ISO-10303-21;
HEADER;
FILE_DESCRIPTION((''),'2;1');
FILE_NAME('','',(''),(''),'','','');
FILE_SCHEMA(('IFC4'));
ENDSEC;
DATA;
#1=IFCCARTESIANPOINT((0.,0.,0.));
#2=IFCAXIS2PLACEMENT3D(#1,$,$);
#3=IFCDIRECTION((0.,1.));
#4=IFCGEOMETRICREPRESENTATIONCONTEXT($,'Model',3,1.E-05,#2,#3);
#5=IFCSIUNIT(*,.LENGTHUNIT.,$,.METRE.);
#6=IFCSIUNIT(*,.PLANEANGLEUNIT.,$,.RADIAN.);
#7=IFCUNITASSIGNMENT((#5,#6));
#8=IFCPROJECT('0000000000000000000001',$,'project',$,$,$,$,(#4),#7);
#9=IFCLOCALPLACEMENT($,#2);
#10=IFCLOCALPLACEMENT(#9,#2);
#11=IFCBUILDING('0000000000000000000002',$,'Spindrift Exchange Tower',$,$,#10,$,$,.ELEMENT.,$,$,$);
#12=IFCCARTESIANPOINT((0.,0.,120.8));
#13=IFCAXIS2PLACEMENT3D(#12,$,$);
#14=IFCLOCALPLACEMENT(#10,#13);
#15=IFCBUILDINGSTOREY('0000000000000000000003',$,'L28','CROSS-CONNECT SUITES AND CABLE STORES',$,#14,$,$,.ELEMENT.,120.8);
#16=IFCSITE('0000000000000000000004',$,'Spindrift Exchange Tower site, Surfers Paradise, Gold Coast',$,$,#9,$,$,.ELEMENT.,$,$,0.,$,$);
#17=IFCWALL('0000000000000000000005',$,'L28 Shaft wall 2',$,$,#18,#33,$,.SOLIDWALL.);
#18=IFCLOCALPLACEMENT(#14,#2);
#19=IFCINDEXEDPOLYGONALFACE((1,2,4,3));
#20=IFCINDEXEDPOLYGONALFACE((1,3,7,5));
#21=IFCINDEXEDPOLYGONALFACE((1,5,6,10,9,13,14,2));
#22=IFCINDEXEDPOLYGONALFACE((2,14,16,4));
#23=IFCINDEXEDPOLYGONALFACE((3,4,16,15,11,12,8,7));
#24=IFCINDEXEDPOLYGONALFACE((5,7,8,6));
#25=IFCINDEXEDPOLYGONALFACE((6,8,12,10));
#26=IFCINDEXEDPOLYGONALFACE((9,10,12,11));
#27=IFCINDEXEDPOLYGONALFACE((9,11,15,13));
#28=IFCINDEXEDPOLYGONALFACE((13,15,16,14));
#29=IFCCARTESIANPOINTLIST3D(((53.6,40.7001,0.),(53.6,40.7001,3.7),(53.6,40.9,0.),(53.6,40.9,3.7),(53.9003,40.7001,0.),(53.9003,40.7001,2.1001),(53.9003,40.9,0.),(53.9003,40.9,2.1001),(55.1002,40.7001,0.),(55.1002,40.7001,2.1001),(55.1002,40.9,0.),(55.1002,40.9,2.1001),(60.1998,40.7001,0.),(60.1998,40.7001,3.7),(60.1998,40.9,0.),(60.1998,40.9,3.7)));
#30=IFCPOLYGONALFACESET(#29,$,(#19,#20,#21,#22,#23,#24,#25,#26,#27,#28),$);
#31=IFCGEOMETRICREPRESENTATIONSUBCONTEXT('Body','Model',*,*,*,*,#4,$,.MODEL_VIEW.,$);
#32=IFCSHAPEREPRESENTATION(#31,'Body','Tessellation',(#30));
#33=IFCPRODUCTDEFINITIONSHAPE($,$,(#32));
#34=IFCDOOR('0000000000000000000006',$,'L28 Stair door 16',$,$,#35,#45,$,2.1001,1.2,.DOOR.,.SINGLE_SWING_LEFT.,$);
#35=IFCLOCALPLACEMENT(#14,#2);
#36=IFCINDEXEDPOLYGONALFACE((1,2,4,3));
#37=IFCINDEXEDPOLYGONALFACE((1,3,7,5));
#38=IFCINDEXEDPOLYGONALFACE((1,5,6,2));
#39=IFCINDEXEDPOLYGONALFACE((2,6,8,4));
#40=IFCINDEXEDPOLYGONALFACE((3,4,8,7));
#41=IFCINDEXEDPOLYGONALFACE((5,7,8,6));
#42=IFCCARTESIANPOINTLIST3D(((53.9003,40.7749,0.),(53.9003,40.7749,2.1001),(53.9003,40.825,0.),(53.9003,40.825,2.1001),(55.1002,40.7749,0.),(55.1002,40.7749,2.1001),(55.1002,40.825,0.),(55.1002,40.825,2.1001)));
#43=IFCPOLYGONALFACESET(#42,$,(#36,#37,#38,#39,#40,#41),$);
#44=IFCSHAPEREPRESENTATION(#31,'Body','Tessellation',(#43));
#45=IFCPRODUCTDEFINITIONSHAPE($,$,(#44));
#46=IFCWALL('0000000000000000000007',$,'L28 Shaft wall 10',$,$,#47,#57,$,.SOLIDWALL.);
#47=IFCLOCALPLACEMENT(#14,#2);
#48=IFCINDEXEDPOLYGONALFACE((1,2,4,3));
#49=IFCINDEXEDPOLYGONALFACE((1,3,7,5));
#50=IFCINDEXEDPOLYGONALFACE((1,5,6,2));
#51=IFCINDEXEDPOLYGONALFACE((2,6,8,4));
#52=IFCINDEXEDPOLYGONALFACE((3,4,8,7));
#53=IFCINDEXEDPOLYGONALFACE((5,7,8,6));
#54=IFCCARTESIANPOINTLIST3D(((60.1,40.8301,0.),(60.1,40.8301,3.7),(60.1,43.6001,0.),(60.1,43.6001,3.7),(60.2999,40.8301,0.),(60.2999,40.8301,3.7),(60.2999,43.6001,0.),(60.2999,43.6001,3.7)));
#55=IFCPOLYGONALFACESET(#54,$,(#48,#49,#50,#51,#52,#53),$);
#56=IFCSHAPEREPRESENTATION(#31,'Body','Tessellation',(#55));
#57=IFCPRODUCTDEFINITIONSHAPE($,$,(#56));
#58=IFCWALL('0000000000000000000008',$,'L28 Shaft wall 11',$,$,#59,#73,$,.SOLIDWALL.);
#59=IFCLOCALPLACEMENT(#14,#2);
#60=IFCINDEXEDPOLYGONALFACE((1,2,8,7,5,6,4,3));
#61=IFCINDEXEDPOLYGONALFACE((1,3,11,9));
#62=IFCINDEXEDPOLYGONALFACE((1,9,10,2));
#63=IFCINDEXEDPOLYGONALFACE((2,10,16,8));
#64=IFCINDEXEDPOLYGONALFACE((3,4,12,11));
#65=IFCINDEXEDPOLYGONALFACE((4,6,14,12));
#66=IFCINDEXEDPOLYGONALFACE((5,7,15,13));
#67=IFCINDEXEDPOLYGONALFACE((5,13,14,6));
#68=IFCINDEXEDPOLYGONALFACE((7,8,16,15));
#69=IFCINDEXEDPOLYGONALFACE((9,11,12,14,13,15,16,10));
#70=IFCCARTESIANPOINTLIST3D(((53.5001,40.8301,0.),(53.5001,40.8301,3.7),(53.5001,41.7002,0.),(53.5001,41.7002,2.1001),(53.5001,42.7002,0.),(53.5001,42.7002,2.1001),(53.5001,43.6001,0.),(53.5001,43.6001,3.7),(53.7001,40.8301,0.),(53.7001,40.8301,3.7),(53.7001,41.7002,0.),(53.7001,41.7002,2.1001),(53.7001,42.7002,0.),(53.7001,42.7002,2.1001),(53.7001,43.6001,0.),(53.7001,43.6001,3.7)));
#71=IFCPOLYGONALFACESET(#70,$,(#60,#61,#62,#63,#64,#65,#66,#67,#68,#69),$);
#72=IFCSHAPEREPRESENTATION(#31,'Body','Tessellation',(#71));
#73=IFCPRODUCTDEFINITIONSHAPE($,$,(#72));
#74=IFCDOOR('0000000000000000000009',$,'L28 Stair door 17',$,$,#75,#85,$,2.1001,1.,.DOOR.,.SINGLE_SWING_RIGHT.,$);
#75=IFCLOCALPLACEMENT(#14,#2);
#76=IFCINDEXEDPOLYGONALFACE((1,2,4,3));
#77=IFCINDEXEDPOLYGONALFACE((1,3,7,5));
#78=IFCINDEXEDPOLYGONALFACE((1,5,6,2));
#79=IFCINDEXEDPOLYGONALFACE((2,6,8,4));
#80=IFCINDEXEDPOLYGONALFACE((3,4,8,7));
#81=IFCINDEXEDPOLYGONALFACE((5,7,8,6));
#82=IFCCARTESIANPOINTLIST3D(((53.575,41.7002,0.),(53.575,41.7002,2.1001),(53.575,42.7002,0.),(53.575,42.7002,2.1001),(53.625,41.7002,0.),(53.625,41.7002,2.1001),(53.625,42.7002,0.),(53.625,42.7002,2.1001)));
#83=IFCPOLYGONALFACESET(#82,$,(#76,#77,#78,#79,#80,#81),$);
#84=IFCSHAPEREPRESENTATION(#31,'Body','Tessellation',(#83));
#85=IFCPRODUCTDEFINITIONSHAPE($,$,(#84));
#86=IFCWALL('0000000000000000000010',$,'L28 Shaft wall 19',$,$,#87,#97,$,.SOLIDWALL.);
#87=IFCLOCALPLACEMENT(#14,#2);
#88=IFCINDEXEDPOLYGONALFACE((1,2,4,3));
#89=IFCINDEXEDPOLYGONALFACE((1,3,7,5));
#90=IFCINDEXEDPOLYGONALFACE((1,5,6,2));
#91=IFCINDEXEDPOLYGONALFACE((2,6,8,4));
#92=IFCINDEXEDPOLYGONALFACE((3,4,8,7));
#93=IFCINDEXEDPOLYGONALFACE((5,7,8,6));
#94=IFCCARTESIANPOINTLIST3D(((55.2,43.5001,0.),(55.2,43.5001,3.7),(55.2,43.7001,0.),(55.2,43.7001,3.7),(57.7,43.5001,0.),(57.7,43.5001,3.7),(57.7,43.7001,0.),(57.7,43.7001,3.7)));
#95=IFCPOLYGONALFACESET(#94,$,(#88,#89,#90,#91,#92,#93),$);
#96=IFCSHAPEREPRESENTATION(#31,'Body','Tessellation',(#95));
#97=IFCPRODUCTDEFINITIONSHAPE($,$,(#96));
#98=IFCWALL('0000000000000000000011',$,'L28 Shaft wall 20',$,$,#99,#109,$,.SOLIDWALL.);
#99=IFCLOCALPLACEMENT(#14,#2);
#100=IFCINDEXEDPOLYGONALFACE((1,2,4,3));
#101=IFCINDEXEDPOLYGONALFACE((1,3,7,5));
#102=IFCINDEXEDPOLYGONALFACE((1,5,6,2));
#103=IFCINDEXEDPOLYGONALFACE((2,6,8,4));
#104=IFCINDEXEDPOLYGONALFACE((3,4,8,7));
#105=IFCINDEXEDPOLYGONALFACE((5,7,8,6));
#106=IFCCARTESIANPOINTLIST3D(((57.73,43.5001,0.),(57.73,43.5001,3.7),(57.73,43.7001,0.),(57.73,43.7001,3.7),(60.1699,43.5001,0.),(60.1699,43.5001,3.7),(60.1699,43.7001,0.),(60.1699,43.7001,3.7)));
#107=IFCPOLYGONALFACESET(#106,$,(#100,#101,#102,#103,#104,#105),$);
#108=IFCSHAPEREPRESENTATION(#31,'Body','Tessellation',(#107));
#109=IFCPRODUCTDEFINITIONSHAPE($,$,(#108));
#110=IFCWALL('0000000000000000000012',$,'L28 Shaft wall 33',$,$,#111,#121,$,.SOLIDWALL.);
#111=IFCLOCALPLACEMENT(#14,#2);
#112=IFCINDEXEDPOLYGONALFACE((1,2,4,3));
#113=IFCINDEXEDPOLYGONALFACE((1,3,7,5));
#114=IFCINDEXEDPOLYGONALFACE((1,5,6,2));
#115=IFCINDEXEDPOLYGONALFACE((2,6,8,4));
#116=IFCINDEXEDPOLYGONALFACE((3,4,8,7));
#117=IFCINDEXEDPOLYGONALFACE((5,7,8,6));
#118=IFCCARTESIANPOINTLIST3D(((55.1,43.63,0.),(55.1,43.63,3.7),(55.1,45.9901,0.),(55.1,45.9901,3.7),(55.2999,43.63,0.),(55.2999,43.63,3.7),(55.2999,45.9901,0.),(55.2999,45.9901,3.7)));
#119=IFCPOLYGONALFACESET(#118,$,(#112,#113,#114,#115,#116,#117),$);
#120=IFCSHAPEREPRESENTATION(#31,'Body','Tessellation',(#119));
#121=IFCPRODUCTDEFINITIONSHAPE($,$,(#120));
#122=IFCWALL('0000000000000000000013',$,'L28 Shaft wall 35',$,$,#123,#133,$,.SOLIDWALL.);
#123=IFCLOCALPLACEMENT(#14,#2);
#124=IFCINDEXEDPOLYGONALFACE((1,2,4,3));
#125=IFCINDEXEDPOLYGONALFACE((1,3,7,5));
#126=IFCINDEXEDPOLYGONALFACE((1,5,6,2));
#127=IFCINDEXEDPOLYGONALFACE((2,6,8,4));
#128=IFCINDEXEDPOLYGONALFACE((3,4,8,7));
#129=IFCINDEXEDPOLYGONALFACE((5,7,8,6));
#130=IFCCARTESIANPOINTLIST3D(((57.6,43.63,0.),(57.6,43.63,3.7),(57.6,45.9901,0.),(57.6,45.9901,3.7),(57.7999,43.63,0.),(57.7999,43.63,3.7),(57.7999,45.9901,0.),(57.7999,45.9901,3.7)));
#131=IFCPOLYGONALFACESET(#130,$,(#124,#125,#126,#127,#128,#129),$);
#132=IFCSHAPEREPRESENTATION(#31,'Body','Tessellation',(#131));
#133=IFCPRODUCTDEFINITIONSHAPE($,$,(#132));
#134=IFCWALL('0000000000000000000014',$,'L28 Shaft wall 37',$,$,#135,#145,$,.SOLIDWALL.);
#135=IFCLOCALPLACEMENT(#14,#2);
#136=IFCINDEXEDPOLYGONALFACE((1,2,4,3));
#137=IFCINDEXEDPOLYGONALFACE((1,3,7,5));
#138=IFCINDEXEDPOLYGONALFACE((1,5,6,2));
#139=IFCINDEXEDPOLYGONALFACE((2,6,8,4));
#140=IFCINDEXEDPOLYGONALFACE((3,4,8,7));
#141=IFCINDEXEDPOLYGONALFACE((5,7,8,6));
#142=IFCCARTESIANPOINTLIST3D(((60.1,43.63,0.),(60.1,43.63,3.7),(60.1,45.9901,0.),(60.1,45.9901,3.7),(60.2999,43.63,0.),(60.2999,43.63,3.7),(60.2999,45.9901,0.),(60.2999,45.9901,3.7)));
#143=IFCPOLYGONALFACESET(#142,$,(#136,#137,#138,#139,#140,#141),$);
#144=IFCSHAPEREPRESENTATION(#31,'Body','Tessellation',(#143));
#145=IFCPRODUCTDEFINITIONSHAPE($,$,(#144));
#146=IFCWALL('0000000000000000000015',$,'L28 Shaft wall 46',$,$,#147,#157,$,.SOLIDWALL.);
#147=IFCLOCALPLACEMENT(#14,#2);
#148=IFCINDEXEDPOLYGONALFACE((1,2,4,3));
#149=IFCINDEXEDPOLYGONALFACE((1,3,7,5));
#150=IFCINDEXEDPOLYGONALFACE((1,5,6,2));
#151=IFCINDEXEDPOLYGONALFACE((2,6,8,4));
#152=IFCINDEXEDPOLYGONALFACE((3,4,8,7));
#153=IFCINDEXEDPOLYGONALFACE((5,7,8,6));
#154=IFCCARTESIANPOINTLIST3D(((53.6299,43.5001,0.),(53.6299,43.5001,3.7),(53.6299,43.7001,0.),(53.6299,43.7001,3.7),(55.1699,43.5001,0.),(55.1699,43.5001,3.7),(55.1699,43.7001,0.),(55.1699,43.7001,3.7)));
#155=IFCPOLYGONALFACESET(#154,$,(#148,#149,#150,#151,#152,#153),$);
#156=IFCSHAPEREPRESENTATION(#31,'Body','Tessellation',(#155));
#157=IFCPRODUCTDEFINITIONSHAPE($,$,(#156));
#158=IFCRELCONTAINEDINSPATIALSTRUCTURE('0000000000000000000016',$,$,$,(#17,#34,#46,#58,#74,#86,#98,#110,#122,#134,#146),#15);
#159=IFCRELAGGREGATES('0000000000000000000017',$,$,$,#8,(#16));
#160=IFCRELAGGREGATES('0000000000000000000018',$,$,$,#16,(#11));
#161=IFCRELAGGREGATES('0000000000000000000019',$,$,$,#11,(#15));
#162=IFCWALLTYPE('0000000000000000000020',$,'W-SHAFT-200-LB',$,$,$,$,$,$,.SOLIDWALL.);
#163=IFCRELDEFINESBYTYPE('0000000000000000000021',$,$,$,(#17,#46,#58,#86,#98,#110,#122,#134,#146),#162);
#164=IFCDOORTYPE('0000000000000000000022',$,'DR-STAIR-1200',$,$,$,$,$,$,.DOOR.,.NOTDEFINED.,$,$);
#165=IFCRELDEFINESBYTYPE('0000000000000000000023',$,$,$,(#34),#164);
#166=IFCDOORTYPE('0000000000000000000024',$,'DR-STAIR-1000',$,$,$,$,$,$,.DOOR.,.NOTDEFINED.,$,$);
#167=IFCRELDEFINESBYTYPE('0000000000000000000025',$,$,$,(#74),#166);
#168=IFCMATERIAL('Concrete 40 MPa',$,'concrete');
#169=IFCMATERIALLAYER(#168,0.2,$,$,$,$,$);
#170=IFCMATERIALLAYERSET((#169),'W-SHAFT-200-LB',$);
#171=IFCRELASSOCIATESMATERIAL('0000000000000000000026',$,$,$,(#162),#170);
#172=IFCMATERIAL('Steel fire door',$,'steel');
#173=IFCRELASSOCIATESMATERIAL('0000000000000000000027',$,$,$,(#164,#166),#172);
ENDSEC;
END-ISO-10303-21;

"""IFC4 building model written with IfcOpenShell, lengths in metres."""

from ifc_helpers import new_model, si_unit, direction, frame, frame_2d, origin, place, context, subcontext, project, spatial, rectangle, extrude, source, transform, mapped, material, layer, layer_set, type_object, element, fill, save


model = new_model("IFC4")

# Units and contexts
model_context = context("Model", 3, precision=1e-05, world=origin(), true_north=direction((0.0, 1.0)))
body_context = subcontext(model_context, "Body", "Model", "MODEL_VIEW")
ifc_project = project(units=[si_unit("LENGTHUNIT", "METRE"), si_unit("PLANEANGLEUNIT", "RADIAN")], contexts=[model_context])

# Site, building, storey
site_placement = place(None, origin())
site = spatial("IfcSite", under=ifc_project, at=site_placement, Name="Spindrift Exchange Tower site, Surfers Paradise, Gold Coast", CompositionType="ELEMENT", RefElevation=0.0)
building_placement = place(site_placement, origin())
building = spatial("IfcBuilding", under=site, at=building_placement, Name="Spindrift Exchange Tower", CompositionType="ELEMENT")
storey_placement = place(building_placement, frame((0.0, 0.0, 120.8)))
storey = spatial("IfcBuildingStorey", under=building, at=storey_placement, Name="L28", Description="CROSS-CONNECT SUITES AND CABLE STORES", CompositionType="ELEMENT", Elevation=120.8)

# Shared definitions
ifc_material_1 = material(Name="Concrete 40 MPa", Category="concrete")

# Wall, opening, door
ifc_layer_1 = layer(ifc_material_1, 0.2)
ifc_layer_set_1 = layer_set([ifc_layer_1], Name="W-SHAFT-200-LB")
wall_type_1 = type_object("IfcWallType", Name="W-SHAFT-200-LB", PredefinedType="SOLIDWALL", material=ifc_layer_set_1)
wall_1_placement = place(storey_placement, frame((53.6001, 40.8, 0.0), z_axis=(0.0, 0.0, 1.0), x_axis=(1.0, 0.0, 0.0)))
wall_1 = element("IfcWall", 1, at=wall_1_placement, inside=storey, type_object=wall_type_1, Name="L28 Shaft wall 2", PredefinedType="SOLIDWALL", context=body_context, shape_type="SweptSolid", body=[
    extrude(rectangle(XDim=6.5999, YDim=0.2, at=frame_2d((3.2998, 0.0))), origin(), (0.0, 0.0, 1.0), 3.7),
])
opening_1_placement = place(wall_1_placement, frame((0.3, 0.0, 0.0)))
opening_1 = element("IfcOpeningElement", 2, at=opening_1_placement, cuts=wall_1, PredefinedType="OPENING", context=body_context, shape_type="SweptSolid", body=[
    extrude(rectangle(XDim=1.2, YDim=2.1001, at=frame_2d((0.6001, 1.05))), frame((0.0, 0.1099, 0.0), z_axis=(0.0, -1.0, 0.0), x_axis=(1.0, 0.0, 0.0)), (0.0, 0.0, 1.0), 0.22),
])
ifc_material_2 = material(Name="Steel fire door", Category="steel")
door_type_1 = type_object("IfcDoorType", Name="DR-STAIR-1200", OperationType="NOTDEFINED", PredefinedType="DOOR", material=ifc_material_2)
shared_shape_1 = source(origin(), body_context, "Body", "SweptSolid", [
    extrude(rectangle(XDim=1.2, YDim=2.1001, at=frame_2d((0.6001, 1.05))), frame((0.0, 0.0249, 0.0), z_axis=(0.0, -1.0, 0.0), x_axis=(1.0, 0.0, 0.0)), (0.0, 0.0, 1.0), 0.05),
])
door_1_placement = place(opening_1_placement, origin())
door_1 = element("IfcDoor", 3, at=door_1_placement, inside=storey, type_object=door_type_1, Name="L28 Stair door 16", OperationType="SINGLE_SWING_LEFT", OverallHeight=2.1001, OverallWidth=1.2, PredefinedType="DOOR", context=body_context, shape_type="MappedRepresentation", body=[
    mapped(shared_shape_1, transform((0.0, 0.0, 0.0), scale=1.0)),
])
fill(opening_1, door_1)

# Wall
wall_2_placement = place(storey_placement, frame((60.2, 40.8301, 0.0), z_axis=(0.0, 0.0, 1.0), x_axis=(0.0, 1.0, 0.0)))
element("IfcWall", 4, at=wall_2_placement, inside=storey, type_object=wall_type_1, Name="L28 Shaft wall 10", PredefinedType="SOLIDWALL", context=body_context, shape_type="SweptSolid", body=[
    extrude(rectangle(XDim=2.77, YDim=0.2, at=frame_2d((1.385, 0.0))), origin(), (0.0, 0.0, 1.0), 3.7),
])

# Wall, opening, door
wall_3_placement = place(storey_placement, frame((53.6001, 43.6001, 0.0), z_axis=(0.0, 0.0, 1.0), x_axis=(0.0, -1.0, 0.0)))
wall_3 = element("IfcWall", 5, at=wall_3_placement, inside=storey, type_object=wall_type_1, Name="L28 Shaft wall 11", PredefinedType="SOLIDWALL", context=body_context, shape_type="SweptSolid", body=[
    extrude(rectangle(XDim=2.77, YDim=0.2, at=frame_2d((1.385, 0.0))), origin(), (0.0, 0.0, 1.0), 3.7),
])
opening_2_placement = place(wall_3_placement, frame((0.8999, 0.0, 0.0)))
opening_2 = element("IfcOpeningElement", 6, at=opening_2_placement, cuts=wall_3, PredefinedType="OPENING", context=body_context, shape_type="SweptSolid", body=[
    extrude(rectangle(XDim=1.0, YDim=2.1001, at=frame_2d((0.5, 1.05))), frame((0.0, 0.1099, 0.0), z_axis=(0.0, -1.0, 0.0), x_axis=(1.0, 0.0, 0.0)), (0.0, 0.0, 1.0), 0.22),
])
door_type_2 = type_object("IfcDoorType", Name="DR-STAIR-1000", OperationType="NOTDEFINED", PredefinedType="DOOR", material=ifc_material_2)
shared_shape_2 = source(origin(), body_context, "Body", "SweptSolid", [
    extrude(rectangle(XDim=1.0, YDim=2.1001, at=frame_2d((0.5, 1.05))), frame((0.0, 0.0249, 0.0), z_axis=(0.0, -1.0, 0.0), x_axis=(1.0, 0.0, 0.0)), (0.0, 0.0, 1.0), 0.05),
])
door_2_placement = place(opening_2_placement, origin())
door_2 = element("IfcDoor", 7, at=door_2_placement, inside=storey, type_object=door_type_2, Name="L28 Stair door 17", OperationType="SINGLE_SWING_RIGHT", OverallHeight=2.1001, OverallWidth=1.0, PredefinedType="DOOR", context=body_context, shape_type="MappedRepresentation", body=[
    mapped(shared_shape_2, transform((0.0, 0.0, 0.0), scale=1.0)),
])
fill(opening_2, door_2)

# Walls
wall_4_placement = place(storey_placement, frame((55.2, 43.6001, 0.0), z_axis=(0.0, 0.0, 1.0), x_axis=(1.0, 0.0, 0.0)))
element("IfcWall", 8, at=wall_4_placement, inside=storey, type_object=wall_type_1, Name="L28 Shaft wall 19", PredefinedType="SOLIDWALL", context=body_context, shape_type="SweptSolid", body=[
    extrude(rectangle(XDim=2.5, YDim=0.2, at=frame_2d((1.25, 0.0))), origin(), (0.0, 0.0, 1.0), 3.7),
])
wall_5_placement = place(storey_placement, frame((57.73, 43.6001, 0.0), z_axis=(0.0, 0.0, 1.0), x_axis=(1.0, 0.0, 0.0)))
element("IfcWall", 9, at=wall_5_placement, inside=storey, type_object=wall_type_1, Name="L28 Shaft wall 20", PredefinedType="SOLIDWALL", context=body_context, shape_type="SweptSolid", body=[
    extrude(rectangle(XDim=2.4399, YDim=0.2, at=frame_2d((1.22, 0.0))), origin(), (0.0, 0.0, 1.0), 3.7),
])
for number, where, z_axis, x_axis, name in (
    (10, (55.2, 43.6299, 0.0), (0.0, 0.0, 1.0), (0.0, 1.0, 0.0), "L28 Shaft wall 33"),
    (11, (57.7, 43.6299, 0.0), (0.0, 0.0, 1.0), (0.0, 1.0, 0.0), "L28 Shaft wall 35"),
    (12, (60.2, 43.6299, 0.0), (0.0, 0.0, 1.0), (0.0, 1.0, 0.0), "L28 Shaft wall 37"),
):
    element("IfcWall", number, at=place(storey_placement, frame(where, z_axis=z_axis, x_axis=x_axis)), inside=storey, type_object=wall_type_1, Name=name, PredefinedType="SOLIDWALL", context=body_context, shape_type="SweptSolid", body=[
        extrude(rectangle(XDim=2.3601, YDim=0.2, at=frame_2d((1.1802, 0.0))), origin(), (0.0, 0.0, 1.0), 3.7),
    ])
wall_6_placement = place(storey_placement, frame((53.6299, 43.6001, 0.0), z_axis=(0.0, 0.0, 1.0), x_axis=(1.0, 0.0, 0.0)))
element("IfcWall", 13, at=wall_6_placement, inside=storey, type_object=wall_type_1, Name="L28 Shaft wall 46", PredefinedType="SOLIDWALL", context=body_context, shape_type="SweptSolid", body=[
    extrude(rectangle(XDim=1.54, YDim=0.2, at=frame_2d((0.77, 0.0))), origin(), (0.0, 0.0, 1.0), 3.7),
])

save(model, "model.ifc")
